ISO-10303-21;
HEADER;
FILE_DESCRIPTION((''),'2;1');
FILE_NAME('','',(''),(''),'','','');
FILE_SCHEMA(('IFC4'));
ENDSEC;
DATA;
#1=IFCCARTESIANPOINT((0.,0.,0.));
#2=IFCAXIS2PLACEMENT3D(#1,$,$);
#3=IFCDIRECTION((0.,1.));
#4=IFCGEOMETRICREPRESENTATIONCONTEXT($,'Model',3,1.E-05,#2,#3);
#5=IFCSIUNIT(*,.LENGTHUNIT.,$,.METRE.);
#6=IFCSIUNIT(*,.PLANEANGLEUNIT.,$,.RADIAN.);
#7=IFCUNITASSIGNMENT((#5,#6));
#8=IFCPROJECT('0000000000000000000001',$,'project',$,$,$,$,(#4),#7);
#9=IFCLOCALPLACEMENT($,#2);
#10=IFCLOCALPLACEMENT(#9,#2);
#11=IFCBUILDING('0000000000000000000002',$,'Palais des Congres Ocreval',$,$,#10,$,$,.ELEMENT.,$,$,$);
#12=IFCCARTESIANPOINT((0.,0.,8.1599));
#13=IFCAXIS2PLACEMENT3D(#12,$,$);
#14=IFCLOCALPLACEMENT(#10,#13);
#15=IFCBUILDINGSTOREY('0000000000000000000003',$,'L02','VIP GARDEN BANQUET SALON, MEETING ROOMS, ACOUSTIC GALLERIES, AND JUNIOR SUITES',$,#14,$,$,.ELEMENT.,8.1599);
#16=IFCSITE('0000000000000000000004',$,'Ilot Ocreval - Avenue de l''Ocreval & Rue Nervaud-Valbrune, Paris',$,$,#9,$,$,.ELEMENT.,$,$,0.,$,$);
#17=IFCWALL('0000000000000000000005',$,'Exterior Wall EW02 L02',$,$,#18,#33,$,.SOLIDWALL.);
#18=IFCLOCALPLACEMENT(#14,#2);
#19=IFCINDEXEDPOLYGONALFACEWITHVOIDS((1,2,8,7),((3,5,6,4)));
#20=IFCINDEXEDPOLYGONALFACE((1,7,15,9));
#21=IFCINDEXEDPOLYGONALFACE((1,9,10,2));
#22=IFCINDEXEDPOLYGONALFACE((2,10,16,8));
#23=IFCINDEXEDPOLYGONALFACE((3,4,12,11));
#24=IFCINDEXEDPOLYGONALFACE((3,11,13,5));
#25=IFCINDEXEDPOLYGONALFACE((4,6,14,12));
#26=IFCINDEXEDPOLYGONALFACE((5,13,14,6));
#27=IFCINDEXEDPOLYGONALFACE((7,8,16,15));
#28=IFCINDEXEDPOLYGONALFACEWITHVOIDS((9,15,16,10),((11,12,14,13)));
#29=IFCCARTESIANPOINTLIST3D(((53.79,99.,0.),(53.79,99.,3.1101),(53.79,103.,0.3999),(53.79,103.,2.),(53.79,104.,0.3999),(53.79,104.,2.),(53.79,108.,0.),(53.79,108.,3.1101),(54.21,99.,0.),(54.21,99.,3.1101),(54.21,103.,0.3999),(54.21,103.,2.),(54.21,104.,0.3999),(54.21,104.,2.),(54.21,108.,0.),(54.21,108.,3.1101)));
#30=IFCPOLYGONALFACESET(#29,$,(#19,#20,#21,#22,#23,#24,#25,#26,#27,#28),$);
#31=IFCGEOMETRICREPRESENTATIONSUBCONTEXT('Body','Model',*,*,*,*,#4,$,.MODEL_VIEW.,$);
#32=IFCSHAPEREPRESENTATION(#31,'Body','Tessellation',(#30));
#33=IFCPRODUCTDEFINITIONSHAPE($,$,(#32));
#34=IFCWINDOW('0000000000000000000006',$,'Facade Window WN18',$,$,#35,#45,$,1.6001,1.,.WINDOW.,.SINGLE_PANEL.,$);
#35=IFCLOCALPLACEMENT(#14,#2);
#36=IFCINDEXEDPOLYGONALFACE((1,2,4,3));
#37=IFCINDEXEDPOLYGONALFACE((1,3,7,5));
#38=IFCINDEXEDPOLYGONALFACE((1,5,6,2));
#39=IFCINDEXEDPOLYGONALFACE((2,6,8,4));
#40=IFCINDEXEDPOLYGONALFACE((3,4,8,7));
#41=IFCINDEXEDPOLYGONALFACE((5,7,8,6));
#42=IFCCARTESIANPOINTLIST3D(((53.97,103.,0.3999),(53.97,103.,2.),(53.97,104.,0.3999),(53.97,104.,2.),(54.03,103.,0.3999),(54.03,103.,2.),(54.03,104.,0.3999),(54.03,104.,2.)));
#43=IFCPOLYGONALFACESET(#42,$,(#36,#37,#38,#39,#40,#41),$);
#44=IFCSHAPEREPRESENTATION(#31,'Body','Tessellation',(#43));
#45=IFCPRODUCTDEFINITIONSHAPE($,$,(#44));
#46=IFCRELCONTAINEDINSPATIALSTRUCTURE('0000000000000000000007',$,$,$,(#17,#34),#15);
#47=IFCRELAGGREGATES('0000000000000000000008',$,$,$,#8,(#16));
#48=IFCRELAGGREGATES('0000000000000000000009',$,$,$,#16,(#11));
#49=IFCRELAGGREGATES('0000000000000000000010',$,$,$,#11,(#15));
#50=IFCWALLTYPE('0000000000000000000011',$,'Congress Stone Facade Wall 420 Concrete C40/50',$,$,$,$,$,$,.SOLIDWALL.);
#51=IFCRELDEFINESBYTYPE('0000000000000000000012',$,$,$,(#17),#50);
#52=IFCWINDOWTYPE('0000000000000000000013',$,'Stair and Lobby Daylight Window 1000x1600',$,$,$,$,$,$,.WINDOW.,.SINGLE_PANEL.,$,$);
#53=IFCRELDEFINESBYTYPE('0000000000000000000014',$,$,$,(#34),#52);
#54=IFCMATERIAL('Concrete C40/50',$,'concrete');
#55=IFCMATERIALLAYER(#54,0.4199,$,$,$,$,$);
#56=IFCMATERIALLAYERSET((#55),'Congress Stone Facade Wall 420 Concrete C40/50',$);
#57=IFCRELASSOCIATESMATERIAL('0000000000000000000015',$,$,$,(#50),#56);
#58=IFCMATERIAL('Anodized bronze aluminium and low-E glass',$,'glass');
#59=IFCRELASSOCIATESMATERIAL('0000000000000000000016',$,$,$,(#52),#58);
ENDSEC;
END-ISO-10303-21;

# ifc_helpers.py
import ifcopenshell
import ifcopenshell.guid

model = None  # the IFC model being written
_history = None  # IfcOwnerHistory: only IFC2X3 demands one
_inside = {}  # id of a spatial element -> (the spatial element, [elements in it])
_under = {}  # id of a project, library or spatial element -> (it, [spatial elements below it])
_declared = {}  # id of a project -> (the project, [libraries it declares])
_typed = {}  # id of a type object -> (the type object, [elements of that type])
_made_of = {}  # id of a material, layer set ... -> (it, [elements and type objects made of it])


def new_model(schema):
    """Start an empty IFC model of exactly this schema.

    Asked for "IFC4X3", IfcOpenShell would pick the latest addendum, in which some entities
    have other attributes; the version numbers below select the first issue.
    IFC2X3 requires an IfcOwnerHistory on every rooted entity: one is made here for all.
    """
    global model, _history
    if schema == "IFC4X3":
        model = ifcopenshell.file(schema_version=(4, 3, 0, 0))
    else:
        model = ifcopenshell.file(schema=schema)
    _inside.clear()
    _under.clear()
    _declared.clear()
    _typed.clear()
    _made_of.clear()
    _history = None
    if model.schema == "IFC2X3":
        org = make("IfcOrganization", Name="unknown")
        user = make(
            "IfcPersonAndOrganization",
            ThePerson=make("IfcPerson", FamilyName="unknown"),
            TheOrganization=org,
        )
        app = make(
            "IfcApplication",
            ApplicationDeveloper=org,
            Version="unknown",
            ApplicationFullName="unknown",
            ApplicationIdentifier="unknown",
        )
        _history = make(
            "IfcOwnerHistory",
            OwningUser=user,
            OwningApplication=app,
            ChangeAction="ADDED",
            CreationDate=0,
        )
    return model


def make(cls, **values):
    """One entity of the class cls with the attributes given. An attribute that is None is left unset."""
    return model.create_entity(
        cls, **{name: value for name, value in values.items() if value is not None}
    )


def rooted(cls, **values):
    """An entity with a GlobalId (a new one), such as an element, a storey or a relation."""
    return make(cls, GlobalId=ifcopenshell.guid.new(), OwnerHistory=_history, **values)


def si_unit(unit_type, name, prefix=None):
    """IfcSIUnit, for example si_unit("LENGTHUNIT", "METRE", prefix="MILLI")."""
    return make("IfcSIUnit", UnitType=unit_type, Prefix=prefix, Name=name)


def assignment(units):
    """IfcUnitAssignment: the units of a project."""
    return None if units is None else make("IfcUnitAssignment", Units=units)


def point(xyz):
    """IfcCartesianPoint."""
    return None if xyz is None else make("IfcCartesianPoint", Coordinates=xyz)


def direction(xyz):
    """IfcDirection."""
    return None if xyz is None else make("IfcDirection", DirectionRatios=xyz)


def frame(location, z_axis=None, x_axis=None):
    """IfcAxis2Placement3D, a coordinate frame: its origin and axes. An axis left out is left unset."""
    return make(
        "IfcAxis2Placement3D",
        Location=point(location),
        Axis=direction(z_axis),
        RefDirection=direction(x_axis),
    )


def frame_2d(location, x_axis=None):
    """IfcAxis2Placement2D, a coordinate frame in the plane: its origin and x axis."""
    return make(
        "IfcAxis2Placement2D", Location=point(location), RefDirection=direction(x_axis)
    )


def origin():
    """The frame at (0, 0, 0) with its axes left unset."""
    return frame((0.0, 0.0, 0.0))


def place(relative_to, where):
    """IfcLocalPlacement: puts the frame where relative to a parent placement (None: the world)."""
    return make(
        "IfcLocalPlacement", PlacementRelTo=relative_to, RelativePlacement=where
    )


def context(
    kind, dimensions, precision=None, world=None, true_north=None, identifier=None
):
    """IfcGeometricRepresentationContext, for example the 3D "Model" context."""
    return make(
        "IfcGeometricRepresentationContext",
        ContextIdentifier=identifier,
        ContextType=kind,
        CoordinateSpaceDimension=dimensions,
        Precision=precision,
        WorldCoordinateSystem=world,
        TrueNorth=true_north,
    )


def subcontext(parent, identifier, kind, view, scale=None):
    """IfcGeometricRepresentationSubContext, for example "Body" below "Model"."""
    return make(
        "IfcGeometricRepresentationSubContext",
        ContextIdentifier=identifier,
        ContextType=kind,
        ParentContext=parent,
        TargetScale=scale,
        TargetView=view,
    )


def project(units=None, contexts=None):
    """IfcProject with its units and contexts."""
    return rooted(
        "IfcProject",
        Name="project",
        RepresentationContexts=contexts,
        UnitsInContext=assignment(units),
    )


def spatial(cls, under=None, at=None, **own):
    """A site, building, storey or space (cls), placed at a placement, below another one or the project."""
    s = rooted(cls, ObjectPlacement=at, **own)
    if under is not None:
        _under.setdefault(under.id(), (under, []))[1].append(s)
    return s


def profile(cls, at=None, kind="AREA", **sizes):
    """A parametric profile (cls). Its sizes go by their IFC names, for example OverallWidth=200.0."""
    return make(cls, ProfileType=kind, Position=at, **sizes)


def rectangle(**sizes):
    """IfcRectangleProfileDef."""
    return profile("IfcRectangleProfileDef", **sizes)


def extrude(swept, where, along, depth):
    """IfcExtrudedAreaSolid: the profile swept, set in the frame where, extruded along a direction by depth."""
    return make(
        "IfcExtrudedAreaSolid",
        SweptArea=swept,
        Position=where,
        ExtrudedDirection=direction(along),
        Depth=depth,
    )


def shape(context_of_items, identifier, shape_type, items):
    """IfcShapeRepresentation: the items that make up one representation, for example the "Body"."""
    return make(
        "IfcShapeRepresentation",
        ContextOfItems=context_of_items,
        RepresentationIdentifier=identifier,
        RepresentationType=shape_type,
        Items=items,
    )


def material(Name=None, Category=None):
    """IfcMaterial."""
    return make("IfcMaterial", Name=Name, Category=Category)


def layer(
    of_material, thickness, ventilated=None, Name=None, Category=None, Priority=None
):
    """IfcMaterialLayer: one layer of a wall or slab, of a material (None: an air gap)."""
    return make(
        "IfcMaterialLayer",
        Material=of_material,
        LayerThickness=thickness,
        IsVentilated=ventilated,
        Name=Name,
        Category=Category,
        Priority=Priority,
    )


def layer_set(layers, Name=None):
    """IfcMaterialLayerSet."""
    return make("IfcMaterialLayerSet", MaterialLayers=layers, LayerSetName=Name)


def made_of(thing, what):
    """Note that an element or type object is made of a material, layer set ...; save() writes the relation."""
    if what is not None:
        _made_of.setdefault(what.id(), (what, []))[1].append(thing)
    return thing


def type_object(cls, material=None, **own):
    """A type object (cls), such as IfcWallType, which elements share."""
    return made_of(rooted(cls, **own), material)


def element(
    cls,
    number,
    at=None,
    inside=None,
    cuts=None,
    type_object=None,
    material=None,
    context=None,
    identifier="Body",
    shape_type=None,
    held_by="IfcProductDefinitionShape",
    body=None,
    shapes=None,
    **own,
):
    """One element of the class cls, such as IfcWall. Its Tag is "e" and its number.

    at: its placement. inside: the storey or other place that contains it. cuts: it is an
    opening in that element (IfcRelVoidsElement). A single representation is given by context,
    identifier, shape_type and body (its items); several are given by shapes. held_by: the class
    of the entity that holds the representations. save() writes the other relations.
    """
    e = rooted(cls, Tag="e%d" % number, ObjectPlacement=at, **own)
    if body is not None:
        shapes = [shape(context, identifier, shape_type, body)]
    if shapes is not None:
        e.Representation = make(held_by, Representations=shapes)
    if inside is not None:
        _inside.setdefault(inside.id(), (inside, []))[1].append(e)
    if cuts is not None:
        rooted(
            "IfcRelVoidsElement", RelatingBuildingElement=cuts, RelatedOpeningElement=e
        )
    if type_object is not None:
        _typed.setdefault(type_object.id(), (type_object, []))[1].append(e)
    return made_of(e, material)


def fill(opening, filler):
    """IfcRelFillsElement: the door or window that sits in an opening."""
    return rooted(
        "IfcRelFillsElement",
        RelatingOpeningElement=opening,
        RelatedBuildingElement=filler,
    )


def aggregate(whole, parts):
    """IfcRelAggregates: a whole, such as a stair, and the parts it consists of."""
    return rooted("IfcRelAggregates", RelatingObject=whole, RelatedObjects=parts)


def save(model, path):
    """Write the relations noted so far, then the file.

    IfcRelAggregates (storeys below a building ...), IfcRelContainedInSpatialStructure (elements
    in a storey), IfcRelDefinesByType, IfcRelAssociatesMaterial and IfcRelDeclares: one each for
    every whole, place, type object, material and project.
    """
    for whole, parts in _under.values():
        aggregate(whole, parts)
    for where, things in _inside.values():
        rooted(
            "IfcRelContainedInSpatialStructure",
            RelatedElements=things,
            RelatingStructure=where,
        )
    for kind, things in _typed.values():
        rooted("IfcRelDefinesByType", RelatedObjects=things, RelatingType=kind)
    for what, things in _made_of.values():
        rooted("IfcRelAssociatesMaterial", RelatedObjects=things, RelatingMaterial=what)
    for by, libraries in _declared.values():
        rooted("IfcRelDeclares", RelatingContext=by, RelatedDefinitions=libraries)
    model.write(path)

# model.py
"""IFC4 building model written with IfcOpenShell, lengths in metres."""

from ifc_helpers import new_model, si_unit, direction, frame, frame_2d, origin, place, context, subcontext, project, spatial, rectangle, extrude, material, layer, layer_set, type_object, element, fill, save


model = new_model("IFC4")

# Units and contexts
model_context = context("Model", 3, precision=1e-05, world=origin(), true_north=direction((0.0, 1.0)))
body_context = subcontext(model_context, "Body", "Model", "MODEL_VIEW")
ifc_project = project(units=[si_unit("LENGTHUNIT", "METRE"), si_unit("PLANEANGLEUNIT", "RADIAN")], contexts=[model_context])

# Site, building, storey
site_placement = place(None, origin())
site = spatial("IfcSite", under=ifc_project, at=site_placement, Name="Ilot Ocreval - Avenue de l'Ocreval & Rue Nervaud-Valbrune, Paris", CompositionType="ELEMENT", RefElevation=0.0)
building_placement = place(site_placement, origin())
building = spatial("IfcBuilding", under=site, at=building_placement, Name="Palais des Congres Ocreval", CompositionType="ELEMENT")
storey_placement = place(building_placement, frame((0.0, 0.0, 8.1599)))
storey = spatial("IfcBuildingStorey", under=building, at=storey_placement, Name="L02", Description="VIP GARDEN BANQUET SALON, MEETING ROOMS, ACOUSTIC GALLERIES, AND JUNIOR SUITES", CompositionType="ELEMENT", Elevation=8.1599)

# Shared definitions
ifc_material_1 = material(Name="Concrete C40/50", Category="concrete")
ifc_layer = layer(ifc_material_1, 0.4199)
ifc_layer_set = layer_set([ifc_layer], Name="Congress Stone Facade Wall 420 Concrete C40/50")
wall_type = type_object("IfcWallType", Name="Congress Stone Facade Wall 420 Concrete C40/50", PredefinedType="SOLIDWALL", material=ifc_layer_set)

# Wall, opening, window
ifc_material_2 = material(Name="Anodized bronze aluminium and low-E glass", Category="glass")
window_type = type_object("IfcWindowType", Name="Stair and Lobby Daylight Window 1000x1600", PartitioningType="SINGLE_PANEL", PredefinedType="WINDOW", material=ifc_material_2)
wall_1_placement = place(storey_placement, frame((54.0, 108.0, 0.0), z_axis=(0.0, 0.0, 1.0), x_axis=(0.0, -1.0, 0.0)))
wall_1 = element("IfcWall", 1, at=wall_1_placement, inside=storey, type_object=wall_type, Name="Exterior Wall EW02 L02", PredefinedType="SOLIDWALL", context=body_context, shape_type="SweptSolid", body=[
    extrude(rectangle(XDim=9.0, YDim=0.4199, at=frame_2d((4.5, 0.0))), origin(), (0.0, 0.0, 1.0), 3.1101),
])
opening_1_placement = place(wall_1_placement, frame((4.0, 0.0, 0.3999)))
opening_1 = element("IfcOpeningElement", 2, at=opening_1_placement, cuts=wall_1, PredefinedType="OPENING", context=body_context, shape_type="SweptSolid", body=[
    extrude(rectangle(XDim=1.0, YDim=1.6001, at=frame_2d((0.5, 0.8))), frame((0.0, 0.22, 0.0), z_axis=(0.0, -1.0, 0.0), x_axis=(1.0, 0.0, 0.0)), (0.0, 0.0, 1.0), 0.4399),
])
window_1_placement = place(opening_1_placement, origin())
window_1 = element("IfcWindow", 3, at=window_1_placement, inside=storey, type_object=window_type, Name="Facade Window WN18", OverallHeight=1.6001, OverallWidth=1.0, PartitioningType="SINGLE_PANEL", PredefinedType="WINDOW", context=body_context, shape_type="SweptSolid", body=[
    extrude(rectangle(XDim=1.0, YDim=1.6001, at=frame_2d((0.5, 0.8))), frame((0.0, 0.03, 0.0), z_axis=(0.0, -1.0, 0.0), x_axis=(1.0, 0.0, 0.0)), (0.0, 0.0, 1.0), 0.0601),
])
fill(opening_1, window_1)

save(model, "model.ifc")
